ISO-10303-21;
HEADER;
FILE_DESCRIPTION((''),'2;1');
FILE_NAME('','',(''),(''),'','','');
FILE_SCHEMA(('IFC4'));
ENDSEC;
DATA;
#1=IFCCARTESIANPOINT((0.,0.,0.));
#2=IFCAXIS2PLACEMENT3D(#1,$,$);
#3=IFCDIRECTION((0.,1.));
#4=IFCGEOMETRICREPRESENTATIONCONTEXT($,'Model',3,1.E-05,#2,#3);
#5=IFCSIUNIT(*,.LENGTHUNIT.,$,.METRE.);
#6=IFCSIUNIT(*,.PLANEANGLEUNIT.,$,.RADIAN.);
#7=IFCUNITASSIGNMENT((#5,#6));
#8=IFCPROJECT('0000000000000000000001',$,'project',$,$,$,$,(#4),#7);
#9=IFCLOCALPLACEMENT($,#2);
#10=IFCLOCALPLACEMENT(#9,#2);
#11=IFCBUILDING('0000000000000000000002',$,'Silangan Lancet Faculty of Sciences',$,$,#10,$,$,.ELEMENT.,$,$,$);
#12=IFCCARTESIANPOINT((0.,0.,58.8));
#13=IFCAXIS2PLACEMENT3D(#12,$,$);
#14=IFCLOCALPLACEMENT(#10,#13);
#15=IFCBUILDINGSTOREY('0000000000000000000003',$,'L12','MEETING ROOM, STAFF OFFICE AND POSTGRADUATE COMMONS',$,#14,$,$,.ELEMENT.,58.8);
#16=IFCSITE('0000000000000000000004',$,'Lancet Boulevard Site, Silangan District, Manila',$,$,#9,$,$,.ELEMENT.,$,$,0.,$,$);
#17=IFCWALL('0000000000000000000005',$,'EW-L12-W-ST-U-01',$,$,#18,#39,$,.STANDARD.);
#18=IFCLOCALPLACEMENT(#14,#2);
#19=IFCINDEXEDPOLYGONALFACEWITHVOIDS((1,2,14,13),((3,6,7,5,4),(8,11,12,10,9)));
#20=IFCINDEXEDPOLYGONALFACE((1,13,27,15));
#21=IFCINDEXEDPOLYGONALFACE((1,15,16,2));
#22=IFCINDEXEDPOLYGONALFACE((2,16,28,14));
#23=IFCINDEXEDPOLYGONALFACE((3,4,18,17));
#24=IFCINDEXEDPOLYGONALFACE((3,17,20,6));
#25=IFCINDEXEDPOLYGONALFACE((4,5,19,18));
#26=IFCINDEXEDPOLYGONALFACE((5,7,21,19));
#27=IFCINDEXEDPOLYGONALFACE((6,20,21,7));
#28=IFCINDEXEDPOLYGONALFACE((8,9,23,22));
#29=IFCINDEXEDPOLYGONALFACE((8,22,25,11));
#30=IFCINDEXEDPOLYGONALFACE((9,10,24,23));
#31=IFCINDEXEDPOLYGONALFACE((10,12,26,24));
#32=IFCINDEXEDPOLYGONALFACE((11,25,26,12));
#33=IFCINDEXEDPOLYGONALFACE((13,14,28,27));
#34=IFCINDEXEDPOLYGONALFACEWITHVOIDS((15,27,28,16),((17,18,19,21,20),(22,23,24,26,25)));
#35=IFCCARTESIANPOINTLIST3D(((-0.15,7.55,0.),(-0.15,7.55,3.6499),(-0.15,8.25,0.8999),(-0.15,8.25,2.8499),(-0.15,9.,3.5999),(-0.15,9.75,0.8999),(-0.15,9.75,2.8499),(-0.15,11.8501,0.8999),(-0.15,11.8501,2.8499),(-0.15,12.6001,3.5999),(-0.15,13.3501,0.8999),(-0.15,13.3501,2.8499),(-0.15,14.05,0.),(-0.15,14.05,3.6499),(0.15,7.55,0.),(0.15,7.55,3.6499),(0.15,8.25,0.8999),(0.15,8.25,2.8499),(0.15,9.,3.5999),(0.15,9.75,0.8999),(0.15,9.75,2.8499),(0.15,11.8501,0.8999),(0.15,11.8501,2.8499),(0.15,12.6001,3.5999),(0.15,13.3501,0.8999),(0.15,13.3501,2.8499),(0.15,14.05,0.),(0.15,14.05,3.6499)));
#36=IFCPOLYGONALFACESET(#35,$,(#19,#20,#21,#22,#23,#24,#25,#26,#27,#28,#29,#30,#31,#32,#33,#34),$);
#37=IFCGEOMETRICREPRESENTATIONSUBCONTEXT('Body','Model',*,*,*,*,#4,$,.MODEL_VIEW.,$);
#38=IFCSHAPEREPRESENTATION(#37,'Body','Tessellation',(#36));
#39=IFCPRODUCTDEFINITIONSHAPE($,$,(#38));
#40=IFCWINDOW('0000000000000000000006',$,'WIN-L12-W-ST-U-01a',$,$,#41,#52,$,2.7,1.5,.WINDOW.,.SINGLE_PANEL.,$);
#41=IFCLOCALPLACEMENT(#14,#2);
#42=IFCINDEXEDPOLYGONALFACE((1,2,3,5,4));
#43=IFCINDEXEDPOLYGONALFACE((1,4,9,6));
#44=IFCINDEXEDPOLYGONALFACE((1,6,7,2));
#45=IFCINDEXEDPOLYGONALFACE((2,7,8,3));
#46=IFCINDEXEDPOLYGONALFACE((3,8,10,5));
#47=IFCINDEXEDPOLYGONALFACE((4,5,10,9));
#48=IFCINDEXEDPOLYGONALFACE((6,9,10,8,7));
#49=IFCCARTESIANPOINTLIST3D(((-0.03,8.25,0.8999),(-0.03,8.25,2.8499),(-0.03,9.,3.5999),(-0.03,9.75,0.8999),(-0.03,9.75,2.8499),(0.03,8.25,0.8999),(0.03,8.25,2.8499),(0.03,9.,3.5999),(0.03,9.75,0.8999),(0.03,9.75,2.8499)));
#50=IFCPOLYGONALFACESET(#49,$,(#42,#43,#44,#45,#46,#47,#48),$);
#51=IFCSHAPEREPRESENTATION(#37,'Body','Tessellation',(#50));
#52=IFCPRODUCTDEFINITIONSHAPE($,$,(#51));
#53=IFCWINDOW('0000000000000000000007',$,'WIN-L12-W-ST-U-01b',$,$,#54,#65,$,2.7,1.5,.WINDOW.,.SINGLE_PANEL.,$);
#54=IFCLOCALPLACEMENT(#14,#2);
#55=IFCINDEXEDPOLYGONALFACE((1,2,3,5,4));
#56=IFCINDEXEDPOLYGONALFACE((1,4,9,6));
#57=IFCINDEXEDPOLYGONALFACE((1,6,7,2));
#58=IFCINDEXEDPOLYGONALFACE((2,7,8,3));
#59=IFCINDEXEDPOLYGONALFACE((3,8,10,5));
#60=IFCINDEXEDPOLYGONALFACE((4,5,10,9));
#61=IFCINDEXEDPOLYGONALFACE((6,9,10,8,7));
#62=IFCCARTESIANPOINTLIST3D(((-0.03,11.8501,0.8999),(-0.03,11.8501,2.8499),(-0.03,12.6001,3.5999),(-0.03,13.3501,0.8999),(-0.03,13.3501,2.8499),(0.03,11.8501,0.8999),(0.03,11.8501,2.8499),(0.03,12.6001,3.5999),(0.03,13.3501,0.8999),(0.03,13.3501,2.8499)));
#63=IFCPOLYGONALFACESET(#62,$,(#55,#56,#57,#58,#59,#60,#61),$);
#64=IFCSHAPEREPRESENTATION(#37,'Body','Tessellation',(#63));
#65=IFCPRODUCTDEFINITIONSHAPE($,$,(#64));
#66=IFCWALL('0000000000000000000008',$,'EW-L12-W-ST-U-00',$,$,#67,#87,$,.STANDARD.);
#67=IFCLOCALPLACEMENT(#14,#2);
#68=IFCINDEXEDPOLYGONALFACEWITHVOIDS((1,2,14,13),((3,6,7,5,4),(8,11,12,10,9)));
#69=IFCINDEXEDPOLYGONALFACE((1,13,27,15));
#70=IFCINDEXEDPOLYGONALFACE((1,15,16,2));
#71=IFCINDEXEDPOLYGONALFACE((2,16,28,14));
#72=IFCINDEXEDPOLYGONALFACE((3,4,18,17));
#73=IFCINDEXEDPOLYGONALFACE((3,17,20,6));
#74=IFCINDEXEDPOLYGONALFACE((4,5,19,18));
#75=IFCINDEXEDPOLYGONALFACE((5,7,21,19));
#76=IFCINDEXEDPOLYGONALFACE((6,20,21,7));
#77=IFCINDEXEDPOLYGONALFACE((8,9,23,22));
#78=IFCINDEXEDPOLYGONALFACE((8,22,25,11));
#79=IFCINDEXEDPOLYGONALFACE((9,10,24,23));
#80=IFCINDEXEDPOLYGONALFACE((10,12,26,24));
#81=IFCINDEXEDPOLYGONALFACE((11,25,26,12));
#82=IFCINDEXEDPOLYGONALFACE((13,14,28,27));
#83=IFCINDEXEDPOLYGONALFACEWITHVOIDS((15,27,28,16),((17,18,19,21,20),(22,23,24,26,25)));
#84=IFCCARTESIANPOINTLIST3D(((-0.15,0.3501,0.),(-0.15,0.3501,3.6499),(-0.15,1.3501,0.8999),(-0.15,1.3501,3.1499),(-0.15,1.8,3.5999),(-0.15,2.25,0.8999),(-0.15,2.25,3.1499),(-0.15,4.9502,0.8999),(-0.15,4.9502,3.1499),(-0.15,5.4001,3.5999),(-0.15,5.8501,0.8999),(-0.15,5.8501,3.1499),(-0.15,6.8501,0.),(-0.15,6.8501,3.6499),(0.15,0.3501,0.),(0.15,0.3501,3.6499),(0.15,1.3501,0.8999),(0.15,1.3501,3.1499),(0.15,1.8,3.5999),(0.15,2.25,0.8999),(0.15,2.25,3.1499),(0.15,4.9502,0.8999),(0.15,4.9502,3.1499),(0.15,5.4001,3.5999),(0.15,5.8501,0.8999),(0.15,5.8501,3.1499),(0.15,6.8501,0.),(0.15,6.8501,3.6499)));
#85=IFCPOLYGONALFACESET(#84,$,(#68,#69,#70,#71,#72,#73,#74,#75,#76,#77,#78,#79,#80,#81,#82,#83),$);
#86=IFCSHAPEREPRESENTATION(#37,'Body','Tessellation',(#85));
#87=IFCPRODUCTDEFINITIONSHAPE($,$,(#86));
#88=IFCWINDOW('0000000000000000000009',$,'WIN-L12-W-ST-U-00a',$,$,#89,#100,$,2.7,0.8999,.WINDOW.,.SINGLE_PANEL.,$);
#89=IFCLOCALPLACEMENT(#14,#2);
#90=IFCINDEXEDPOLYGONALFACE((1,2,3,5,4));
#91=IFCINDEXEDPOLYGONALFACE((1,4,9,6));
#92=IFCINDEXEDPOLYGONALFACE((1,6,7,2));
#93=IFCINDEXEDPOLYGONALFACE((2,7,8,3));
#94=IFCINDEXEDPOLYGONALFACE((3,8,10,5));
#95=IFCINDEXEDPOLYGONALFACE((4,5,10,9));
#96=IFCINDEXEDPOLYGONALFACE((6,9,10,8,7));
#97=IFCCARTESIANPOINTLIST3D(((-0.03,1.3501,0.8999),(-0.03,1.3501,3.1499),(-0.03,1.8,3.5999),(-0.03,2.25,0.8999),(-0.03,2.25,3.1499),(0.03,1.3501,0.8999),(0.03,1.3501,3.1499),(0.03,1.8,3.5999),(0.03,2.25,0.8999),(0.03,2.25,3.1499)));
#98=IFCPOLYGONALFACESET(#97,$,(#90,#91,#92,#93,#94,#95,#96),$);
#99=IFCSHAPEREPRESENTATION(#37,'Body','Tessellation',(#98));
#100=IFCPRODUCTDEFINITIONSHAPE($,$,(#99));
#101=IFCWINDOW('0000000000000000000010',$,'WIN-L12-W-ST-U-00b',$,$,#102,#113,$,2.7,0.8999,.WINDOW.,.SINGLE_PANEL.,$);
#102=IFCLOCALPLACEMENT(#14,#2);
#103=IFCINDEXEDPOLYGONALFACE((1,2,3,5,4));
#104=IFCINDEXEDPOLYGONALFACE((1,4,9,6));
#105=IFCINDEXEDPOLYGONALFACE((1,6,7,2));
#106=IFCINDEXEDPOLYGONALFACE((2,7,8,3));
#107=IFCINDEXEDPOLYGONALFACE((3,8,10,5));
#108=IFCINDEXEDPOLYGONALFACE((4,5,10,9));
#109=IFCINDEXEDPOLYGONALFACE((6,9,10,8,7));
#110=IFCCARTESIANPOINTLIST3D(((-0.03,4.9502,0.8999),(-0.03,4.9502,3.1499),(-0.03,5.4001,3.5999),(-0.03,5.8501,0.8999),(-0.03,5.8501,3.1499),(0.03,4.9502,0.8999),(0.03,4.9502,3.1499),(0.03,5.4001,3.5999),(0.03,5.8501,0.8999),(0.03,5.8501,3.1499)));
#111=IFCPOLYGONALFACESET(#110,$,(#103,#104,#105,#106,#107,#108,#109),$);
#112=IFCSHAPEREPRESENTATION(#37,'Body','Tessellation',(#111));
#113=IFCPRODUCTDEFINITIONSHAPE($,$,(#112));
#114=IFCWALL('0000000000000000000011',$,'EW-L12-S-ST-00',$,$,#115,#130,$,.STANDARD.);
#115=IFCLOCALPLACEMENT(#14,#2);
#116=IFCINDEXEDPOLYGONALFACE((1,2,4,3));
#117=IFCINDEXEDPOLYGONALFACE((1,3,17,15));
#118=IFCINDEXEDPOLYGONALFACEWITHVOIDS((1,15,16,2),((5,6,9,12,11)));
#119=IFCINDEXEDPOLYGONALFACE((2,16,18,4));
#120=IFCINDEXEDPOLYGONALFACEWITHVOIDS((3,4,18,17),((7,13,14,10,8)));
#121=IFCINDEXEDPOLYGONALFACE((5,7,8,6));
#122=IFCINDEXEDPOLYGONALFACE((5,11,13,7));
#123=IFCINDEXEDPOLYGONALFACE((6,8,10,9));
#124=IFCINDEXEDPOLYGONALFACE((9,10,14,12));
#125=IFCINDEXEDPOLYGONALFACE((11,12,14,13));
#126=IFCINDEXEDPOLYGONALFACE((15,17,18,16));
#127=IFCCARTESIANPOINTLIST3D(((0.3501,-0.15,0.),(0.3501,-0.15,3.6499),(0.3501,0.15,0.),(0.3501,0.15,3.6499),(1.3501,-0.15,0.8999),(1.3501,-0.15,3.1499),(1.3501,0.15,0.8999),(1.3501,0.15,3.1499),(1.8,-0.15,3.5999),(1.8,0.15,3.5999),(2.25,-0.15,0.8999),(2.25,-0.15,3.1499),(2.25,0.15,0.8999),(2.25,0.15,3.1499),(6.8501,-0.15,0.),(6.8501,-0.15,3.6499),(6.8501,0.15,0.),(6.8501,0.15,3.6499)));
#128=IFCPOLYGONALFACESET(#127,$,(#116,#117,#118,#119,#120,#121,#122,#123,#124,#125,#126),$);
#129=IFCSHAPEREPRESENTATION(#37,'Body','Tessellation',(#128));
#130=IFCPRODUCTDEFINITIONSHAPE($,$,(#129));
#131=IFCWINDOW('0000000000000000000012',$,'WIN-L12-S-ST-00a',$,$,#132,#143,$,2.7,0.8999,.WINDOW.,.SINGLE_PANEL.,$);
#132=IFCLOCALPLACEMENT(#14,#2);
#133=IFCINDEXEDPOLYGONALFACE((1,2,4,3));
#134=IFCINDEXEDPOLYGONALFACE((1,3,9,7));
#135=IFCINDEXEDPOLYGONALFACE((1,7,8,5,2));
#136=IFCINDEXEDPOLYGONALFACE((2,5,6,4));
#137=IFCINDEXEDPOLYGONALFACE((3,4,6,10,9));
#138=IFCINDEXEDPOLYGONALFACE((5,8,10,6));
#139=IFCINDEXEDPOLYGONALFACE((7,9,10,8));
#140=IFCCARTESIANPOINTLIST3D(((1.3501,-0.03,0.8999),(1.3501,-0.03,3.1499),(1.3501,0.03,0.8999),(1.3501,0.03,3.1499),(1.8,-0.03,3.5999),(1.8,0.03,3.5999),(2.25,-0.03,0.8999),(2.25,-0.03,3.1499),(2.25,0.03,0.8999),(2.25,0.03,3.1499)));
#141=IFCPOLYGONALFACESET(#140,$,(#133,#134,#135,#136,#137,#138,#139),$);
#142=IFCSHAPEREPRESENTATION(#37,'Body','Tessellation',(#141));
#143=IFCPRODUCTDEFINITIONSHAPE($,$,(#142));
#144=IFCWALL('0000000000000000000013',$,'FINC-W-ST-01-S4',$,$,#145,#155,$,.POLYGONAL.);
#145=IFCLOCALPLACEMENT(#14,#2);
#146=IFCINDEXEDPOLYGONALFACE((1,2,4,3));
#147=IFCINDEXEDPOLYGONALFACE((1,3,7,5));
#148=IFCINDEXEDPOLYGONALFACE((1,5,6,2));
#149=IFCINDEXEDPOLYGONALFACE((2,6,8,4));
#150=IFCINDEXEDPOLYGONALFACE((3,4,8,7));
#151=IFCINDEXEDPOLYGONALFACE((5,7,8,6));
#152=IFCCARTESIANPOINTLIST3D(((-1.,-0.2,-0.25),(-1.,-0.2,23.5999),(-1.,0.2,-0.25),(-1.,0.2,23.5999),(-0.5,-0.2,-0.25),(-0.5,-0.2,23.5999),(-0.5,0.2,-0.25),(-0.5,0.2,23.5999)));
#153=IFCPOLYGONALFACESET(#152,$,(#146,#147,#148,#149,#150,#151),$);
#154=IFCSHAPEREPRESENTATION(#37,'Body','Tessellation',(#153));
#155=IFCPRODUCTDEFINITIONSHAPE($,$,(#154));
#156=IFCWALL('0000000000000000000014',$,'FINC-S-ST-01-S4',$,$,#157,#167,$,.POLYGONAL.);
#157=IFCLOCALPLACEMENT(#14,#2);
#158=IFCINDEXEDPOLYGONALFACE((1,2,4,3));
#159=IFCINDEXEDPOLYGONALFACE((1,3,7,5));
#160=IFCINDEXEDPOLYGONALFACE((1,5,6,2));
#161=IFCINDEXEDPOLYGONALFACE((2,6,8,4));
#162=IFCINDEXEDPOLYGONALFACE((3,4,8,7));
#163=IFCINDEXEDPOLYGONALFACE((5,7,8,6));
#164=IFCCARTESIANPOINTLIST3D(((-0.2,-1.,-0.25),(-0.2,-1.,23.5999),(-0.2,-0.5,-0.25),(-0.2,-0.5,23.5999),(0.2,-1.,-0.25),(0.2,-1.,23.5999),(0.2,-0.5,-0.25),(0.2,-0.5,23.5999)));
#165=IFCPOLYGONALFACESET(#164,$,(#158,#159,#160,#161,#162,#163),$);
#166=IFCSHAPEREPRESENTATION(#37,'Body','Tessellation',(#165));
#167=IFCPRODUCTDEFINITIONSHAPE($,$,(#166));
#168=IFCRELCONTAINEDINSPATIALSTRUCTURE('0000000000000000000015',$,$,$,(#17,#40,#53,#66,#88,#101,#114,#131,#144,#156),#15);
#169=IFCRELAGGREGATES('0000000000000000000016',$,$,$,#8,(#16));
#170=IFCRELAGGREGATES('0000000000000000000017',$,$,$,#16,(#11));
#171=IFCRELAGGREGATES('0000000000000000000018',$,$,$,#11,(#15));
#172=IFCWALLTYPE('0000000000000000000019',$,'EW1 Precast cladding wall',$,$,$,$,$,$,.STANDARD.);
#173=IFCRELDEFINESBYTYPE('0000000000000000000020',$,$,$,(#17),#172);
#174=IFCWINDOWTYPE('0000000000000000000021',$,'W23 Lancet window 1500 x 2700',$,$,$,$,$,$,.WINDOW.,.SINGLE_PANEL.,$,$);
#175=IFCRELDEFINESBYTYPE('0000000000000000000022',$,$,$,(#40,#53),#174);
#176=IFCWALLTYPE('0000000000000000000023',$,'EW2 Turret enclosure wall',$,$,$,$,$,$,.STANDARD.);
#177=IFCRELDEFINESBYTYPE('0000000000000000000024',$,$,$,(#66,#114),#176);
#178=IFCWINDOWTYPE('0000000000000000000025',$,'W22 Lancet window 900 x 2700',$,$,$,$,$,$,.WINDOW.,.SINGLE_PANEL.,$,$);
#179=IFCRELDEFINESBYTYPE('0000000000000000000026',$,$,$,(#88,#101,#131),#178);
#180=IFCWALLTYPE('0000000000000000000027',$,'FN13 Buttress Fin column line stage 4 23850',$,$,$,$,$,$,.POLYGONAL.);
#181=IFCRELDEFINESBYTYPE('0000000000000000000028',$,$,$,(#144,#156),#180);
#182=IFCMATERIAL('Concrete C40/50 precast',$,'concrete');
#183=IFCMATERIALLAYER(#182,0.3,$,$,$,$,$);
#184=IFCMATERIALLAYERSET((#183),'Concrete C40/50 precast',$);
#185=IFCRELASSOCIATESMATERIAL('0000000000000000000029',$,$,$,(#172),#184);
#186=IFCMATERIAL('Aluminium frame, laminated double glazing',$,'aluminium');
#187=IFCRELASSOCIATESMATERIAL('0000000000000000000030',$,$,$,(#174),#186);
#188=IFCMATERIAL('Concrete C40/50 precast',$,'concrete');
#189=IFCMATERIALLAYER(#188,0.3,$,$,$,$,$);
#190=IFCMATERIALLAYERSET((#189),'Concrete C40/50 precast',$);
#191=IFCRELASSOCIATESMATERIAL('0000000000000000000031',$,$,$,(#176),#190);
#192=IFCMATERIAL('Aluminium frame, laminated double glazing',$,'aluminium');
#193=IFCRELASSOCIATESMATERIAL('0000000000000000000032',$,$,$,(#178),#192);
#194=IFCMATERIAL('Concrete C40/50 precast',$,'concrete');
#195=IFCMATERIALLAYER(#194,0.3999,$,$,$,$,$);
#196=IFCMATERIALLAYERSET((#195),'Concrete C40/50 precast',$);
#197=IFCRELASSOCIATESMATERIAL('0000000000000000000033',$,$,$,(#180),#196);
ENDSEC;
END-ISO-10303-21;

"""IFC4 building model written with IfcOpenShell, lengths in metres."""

from ifc_helpers import new_model, si_unit, direction, frame, frame_2d, origin, place, context, subcontext, project, spatial, polyline, rectangle, outline, extrude, material, layer, layer_set, type_object, element, fill, save


model = new_model("IFC4")

# Units and contexts
model_context = context("Model", 3, precision=1e-05, world=origin(), true_north=direction((0.0, 1.0)))
body_context = subcontext(model_context, "Body", "Model", "MODEL_VIEW")
ifc_project = project(units=[si_unit("LENGTHUNIT", "METRE"), si_unit("PLANEANGLEUNIT", "RADIAN")], contexts=[model_context])

# Site, building, storey
site_placement = place(None, origin())
site = spatial("IfcSite", under=ifc_project, at=site_placement, Name="Lancet Boulevard Site, Silangan District, Manila", CompositionType="ELEMENT", RefElevation=0.0)
building_placement = place(site_placement, origin())
building = spatial("IfcBuilding", under=site, at=building_placement, Name="Silangan Lancet Faculty of Sciences", CompositionType="ELEMENT")
storey_placement = place(building_placement, frame((0.0, 0.0, 58.8)))
storey = spatial("IfcBuildingStorey", under=building, at=storey_placement, Name="L12", Description="MEETING ROOM, STAFF OFFICE AND POSTGRADUATE COMMONS", CompositionType="ELEMENT", Elevation=58.8)

# Walls, openings, windows
ifc_material_1 = material(Name="Concrete C40/50 precast", Category="concrete")
ifc_layer_1 = layer(ifc_material_1, 0.3)
ifc_layer_set_1 = layer_set([ifc_layer_1], Name="Concrete C40/50 precast")
wall_type_1 = type_object("IfcWallType", Name="EW1 Precast cladding wall", PredefinedType="STANDARD", material=ifc_layer_set_1)
wall_1_placement = place(storey_placement, frame((0.0, 7.55, 0.0), z_axis=(0.0, 0.0, 1.0), x_axis=(0.0, 1.0, 0.0)))
wall_1 = element("IfcWall", 1, at=wall_1_placement, inside=storey, type_object=wall_type_1, Name="EW-L12-W-ST-U-01", PredefinedType="STANDARD", context=body_context, shape_type="SweptSolid", body=[
    extrude(rectangle(XDim=6.5, YDim=0.3, at=frame_2d((3.25, 0.0))), origin(), (0.0, 0.0, 1.0), 3.6499),
])
opening_1_placement = place(wall_1_placement, frame((0.7, 0.0, 0.8999)))
opening_1 = element("IfcOpeningElement", 2, at=opening_1_placement, cuts=wall_1, PredefinedType="OPENING", context=body_context, shape_type="SweptSolid", body=[
    extrude(outline(polyline([(0.0, 0.0), (1.5, 0.0), (1.5, 1.95), (0.75, 2.7), (0.0, 1.95), (0.0, 0.0)])), frame((0.0, 0.1599, 0.0), z_axis=(0.0, -1.0, 0.0), x_axis=(1.0, 0.0, 0.0)), (0.0, 0.0, 1.0), 0.3201),
])
opening_2_placement = place(wall_1_placement, frame((4.3, 0.0, 0.8999)))
opening_2 = element("IfcOpeningElement", 3, at=opening_2_placement, cuts=wall_1, PredefinedType="OPENING", context=body_context, shape_type="SweptSolid", body=[
    extrude(outline(polyline([(0.0, 0.0), (1.5, 0.0), (1.5, 1.95), (0.75, 2.7), (0.0, 1.95), (0.0, 0.0)])), frame((0.0, 0.1599, 0.0), z_axis=(0.0, -1.0, 0.0), x_axis=(1.0, 0.0, 0.0)), (0.0, 0.0, 1.0), 0.3201),
])
ifc_material_2 = material(Name="Aluminium frame, laminated double glazing", Category="aluminium")
window_type_1 = type_object("IfcWindowType", Name="W23 Lancet window 1500 x 2700", PartitioningType="SINGLE_PANEL", PredefinedType="WINDOW", material=ifc_material_2)
window_1_placement = place(opening_1_placement, origin())
window_1 = element("IfcWindow", 4, at=window_1_placement, inside=storey, type_object=window_type_1, Name="WIN-L12-W-ST-U-01a", OverallHeight=2.7, OverallWidth=1.5, PartitioningType="SINGLE_PANEL", PredefinedType="WINDOW", context=body_context, shape_type="SweptSolid", body=[
    extrude(outline(polyline([(0.0, 0.0), (1.5, 0.0), (1.5, 1.95), (0.75, 2.7), (0.0, 1.95), (0.0, 0.0)])), frame((0.0, 0.03, 0.0), z_axis=(0.0, -1.0, 0.0), x_axis=(1.0, 0.0, 0.0)), (0.0, 0.0, 1.0), 0.0601),
])
fill(opening_1, window_1)
window_2_placement = place(opening_2_placement, origin())
window_2 = element("IfcWindow", 5, at=window_2_placement, inside=storey, type_object=window_type_1, Name="WIN-L12-W-ST-U-01b", OverallHeight=2.7, OverallWidth=1.5, PartitioningType="SINGLE_PANEL", PredefinedType="WINDOW", context=body_context, shape_type="SweptSolid", body=[
    extrude(outline(polyline([(0.0, 0.0), (1.5, 0.0), (1.5, 1.95), (0.75, 2.7), (0.0, 1.95), (0.0, 0.0)])), frame((0.0, 0.03, 0.0), z_axis=(0.0, -1.0, 0.0), x_axis=(1.0, 0.0, 0.0)), (0.0, 0.0, 1.0), 0.0601),
])
fill(opening_2, window_2)
ifc_material_3 = material(Name="Concrete C40/50 precast", Category="concrete")
ifc_layer_2 = layer(ifc_material_3, 0.3)
ifc_layer_set_2 = layer_set([ifc_layer_2], Name="Concrete C40/50 precast")
wall_type_2 = type_object("IfcWallType", Name="EW2 Turret enclosure wall", PredefinedType="STANDARD", material=ifc_layer_set_2)
wall_2_placement = place(storey_placement, frame((0.0, 0.3501, 0.0), z_axis=(0.0, 0.0, 1.0), x_axis=(0.0, 1.0, 0.0)))
wall_2 = element("IfcWall", 6, at=wall_2_placement, inside=storey, type_object=wall_type_2, Name="EW-L12-W-ST-U-00", PredefinedType="STANDARD", context=body_context, shape_type="SweptSolid", body=[
    extrude(rectangle(XDim=6.5, YDim=0.3, at=frame_2d((3.25, 0.0))), origin(), (0.0, 0.0, 1.0), 3.6499),
])
opening_3_placement = place(wall_2_placement, frame((1.0, 0.0, 0.8999)))
opening_3 = element("IfcOpeningElement", 7, at=opening_3_placement, cuts=wall_2, PredefinedType="OPENING", context=body_context, shape_type="SweptSolid", body=[
    extrude(outline(polyline([(0.0, 0.0), (0.8999, 0.0), (0.8999, 2.25), (0.45, 2.7), (0.0, 2.25), (0.0, 0.0)])), frame((0.0, 0.1599, 0.0), z_axis=(0.0, -1.0, 0.0), x_axis=(1.0, 0.0, 0.0)), (0.0, 0.0, 1.0), 0.3201),
])
opening_4_placement = place(wall_2_placement, frame((4.6001, 0.0, 0.8999)))
opening_4 = element("IfcOpeningElement", 8, at=opening_4_placement, cuts=wall_2, PredefinedType="OPENING", context=body_context, shape_type="SweptSolid", body=[
    extrude(outline(polyline([(0.0, 0.0), (0.8999, 0.0), (0.8999, 2.25), (0.45, 2.7), (0.0, 2.25), (0.0, 0.0)])), frame((0.0, 0.1599, 0.0), z_axis=(0.0, -1.0, 0.0), x_axis=(1.0, 0.0, 0.0)), (0.0, 0.0, 1.0), 0.3201),
])
ifc_material_4 = material(Name="Aluminium frame, laminated double glazing", Category="aluminium")
window_type_2 = type_object("IfcWindowType", Name="W22 Lancet window 900 x 2700", PartitioningType="SINGLE_PANEL", PredefinedType="WINDOW", material=ifc_material_4)
window_3_placement = place(opening_3_placement, origin())
window_3 = element("IfcWindow", 9, at=window_3_placement, inside=storey, type_object=window_type_2, Name="WIN-L12-W-ST-U-00a", OverallHeight=2.7, OverallWidth=0.8999, PartitioningType="SINGLE_PANEL", PredefinedType="WINDOW", context=body_context, shape_type="SweptSolid", body=[
    extrude(outline(polyline([(0.0, 0.0), (0.8999, 0.0), (0.8999, 2.25), (0.45, 2.7), (0.0, 2.25), (0.0, 0.0)])), frame((0.0, 0.03, 0.0), z_axis=(0.0, -1.0, 0.0), x_axis=(1.0, 0.0, 0.0)), (0.0, 0.0, 1.0), 0.0601),
])
fill(opening_3, window_3)
window_4_placement = place(opening_4_placement, origin())
window_4 = element("IfcWindow", 10, at=window_4_placement, inside=storey, type_object=window_type_2, Name="WIN-L12-W-ST-U-00b", OverallHeight=2.7, OverallWidth=0.8999, PartitioningType="SINGLE_PANEL", PredefinedType="WINDOW", context=body_context, shape_type="SweptSolid", body=[
    extrude(outline(polyline([(0.0, 0.0), (0.8999, 0.0), (0.8999, 2.25), (0.45, 2.7), (0.0, 2.25), (0.0, 0.0)])), frame((0.0, 0.03, 0.0), z_axis=(0.0, -1.0, 0.0), x_axis=(1.0, 0.0, 0.0)), (0.0, 0.0, 1.0), 0.0601),
])
fill(opening_4, window_4)

# Wall, opening, window
wall_3_placement = place(storey_placement, frame((0.3501, 0.0, 0.0), z_axis=(0.0, 0.0, 1.0), x_axis=(1.0, 0.0, 0.0)))
wall_3 = element("IfcWall", 11, at=wall_3_placement, inside=storey, type_object=wall_type_2, Name="EW-L12-S-ST-00", PredefinedType="STANDARD", context=body_context, shape_type="SweptSolid", body=[
    extrude(rectangle(XDim=6.5, YDim=0.3, at=frame_2d((3.25, 0.0))), origin(), (0.0, 0.0, 1.0), 3.6499),
])
opening_5_placement = place(wall_3_placement, frame((1.0, 0.0, 0.8999)))
opening_5 = element("IfcOpeningElement", 12, at=opening_5_placement, cuts=wall_3, PredefinedType="OPENING", context=body_context, shape_type="SweptSolid", body=[
    extrude(outline(polyline([(0.0, 0.0), (0.8999, 0.0), (0.8999, 2.25), (0.45, 2.7), (0.0, 2.25), (0.0, 0.0)])), frame((0.0, 0.1599, 0.0), z_axis=(0.0, -1.0, 0.0), x_axis=(1.0, 0.0, 0.0)), (0.0, 0.0, 1.0), 0.3201),
])
window_5_placement = place(opening_5_placement, origin())
window_5 = element("IfcWindow", 13, at=window_5_placement, inside=storey, type_object=window_type_2, Name="WIN-L12-S-ST-00a", OverallHeight=2.7, OverallWidth=0.8999, PartitioningType="SINGLE_PANEL", PredefinedType="WINDOW", context=body_context, shape_type="SweptSolid", body=[
    extrude(outline(polyline([(0.0, 0.0), (0.8999, 0.0), (0.8999, 2.25), (0.45, 2.7), (0.0, 2.25), (0.0, 0.0)])), frame((0.0, 0.03, 0.0), z_axis=(0.0, -1.0, 0.0), x_axis=(1.0, 0.0, 0.0)), (0.0, 0.0, 1.0), 0.0601),
])
fill(opening_5, window_5)

# Walls
ifc_material_5 = material(Name="Concrete C40/50 precast", Category="concrete")
ifc_layer_3 = layer(ifc_material_5, 0.3999)
ifc_layer_set_3 = layer_set([ifc_layer_3], Name="Concrete C40/50 precast")
wall_type_3 = type_object("IfcWallType", Name="FN13 Buttress Fin column line stage 4 23850", PredefinedType="POLYGONAL", material=ifc_layer_set_3)
for number, where, z_axis, x_axis, name in (
    (14, (-0.5, 0.0, -0.25), (0.0, 0.0, 1.0), (-1.0, 0.0, 0.0), "FINC-W-ST-01-S4"),
    (15, (0.0, -0.5, -0.25), (0.0, 0.0, 1.0), (0.0, -1.0, 0.0), "FINC-S-ST-01-S4"),
):
    element("IfcWall", number, at=place(storey_placement, frame(where, z_axis=z_axis, x_axis=x_axis)), inside=storey, type_object=wall_type_3, Name=name, PredefinedType="POLYGONAL", context=body_context, shape_type="SweptSolid", body=[
        extrude(outline(polyline([(0.5, 0.0), (0.5, 23.8499), (0.0, 23.8499), (0.0, 0.0), (0.5, 0.0)])), frame((0.0, 0.2, 0.0), z_axis=(0.0, -1.0, 0.0), x_axis=(1.0, 0.0, 0.0)), (0.0, 0.0, 1.0), 0.3999),
    ])

save(model, "model.ifc")
